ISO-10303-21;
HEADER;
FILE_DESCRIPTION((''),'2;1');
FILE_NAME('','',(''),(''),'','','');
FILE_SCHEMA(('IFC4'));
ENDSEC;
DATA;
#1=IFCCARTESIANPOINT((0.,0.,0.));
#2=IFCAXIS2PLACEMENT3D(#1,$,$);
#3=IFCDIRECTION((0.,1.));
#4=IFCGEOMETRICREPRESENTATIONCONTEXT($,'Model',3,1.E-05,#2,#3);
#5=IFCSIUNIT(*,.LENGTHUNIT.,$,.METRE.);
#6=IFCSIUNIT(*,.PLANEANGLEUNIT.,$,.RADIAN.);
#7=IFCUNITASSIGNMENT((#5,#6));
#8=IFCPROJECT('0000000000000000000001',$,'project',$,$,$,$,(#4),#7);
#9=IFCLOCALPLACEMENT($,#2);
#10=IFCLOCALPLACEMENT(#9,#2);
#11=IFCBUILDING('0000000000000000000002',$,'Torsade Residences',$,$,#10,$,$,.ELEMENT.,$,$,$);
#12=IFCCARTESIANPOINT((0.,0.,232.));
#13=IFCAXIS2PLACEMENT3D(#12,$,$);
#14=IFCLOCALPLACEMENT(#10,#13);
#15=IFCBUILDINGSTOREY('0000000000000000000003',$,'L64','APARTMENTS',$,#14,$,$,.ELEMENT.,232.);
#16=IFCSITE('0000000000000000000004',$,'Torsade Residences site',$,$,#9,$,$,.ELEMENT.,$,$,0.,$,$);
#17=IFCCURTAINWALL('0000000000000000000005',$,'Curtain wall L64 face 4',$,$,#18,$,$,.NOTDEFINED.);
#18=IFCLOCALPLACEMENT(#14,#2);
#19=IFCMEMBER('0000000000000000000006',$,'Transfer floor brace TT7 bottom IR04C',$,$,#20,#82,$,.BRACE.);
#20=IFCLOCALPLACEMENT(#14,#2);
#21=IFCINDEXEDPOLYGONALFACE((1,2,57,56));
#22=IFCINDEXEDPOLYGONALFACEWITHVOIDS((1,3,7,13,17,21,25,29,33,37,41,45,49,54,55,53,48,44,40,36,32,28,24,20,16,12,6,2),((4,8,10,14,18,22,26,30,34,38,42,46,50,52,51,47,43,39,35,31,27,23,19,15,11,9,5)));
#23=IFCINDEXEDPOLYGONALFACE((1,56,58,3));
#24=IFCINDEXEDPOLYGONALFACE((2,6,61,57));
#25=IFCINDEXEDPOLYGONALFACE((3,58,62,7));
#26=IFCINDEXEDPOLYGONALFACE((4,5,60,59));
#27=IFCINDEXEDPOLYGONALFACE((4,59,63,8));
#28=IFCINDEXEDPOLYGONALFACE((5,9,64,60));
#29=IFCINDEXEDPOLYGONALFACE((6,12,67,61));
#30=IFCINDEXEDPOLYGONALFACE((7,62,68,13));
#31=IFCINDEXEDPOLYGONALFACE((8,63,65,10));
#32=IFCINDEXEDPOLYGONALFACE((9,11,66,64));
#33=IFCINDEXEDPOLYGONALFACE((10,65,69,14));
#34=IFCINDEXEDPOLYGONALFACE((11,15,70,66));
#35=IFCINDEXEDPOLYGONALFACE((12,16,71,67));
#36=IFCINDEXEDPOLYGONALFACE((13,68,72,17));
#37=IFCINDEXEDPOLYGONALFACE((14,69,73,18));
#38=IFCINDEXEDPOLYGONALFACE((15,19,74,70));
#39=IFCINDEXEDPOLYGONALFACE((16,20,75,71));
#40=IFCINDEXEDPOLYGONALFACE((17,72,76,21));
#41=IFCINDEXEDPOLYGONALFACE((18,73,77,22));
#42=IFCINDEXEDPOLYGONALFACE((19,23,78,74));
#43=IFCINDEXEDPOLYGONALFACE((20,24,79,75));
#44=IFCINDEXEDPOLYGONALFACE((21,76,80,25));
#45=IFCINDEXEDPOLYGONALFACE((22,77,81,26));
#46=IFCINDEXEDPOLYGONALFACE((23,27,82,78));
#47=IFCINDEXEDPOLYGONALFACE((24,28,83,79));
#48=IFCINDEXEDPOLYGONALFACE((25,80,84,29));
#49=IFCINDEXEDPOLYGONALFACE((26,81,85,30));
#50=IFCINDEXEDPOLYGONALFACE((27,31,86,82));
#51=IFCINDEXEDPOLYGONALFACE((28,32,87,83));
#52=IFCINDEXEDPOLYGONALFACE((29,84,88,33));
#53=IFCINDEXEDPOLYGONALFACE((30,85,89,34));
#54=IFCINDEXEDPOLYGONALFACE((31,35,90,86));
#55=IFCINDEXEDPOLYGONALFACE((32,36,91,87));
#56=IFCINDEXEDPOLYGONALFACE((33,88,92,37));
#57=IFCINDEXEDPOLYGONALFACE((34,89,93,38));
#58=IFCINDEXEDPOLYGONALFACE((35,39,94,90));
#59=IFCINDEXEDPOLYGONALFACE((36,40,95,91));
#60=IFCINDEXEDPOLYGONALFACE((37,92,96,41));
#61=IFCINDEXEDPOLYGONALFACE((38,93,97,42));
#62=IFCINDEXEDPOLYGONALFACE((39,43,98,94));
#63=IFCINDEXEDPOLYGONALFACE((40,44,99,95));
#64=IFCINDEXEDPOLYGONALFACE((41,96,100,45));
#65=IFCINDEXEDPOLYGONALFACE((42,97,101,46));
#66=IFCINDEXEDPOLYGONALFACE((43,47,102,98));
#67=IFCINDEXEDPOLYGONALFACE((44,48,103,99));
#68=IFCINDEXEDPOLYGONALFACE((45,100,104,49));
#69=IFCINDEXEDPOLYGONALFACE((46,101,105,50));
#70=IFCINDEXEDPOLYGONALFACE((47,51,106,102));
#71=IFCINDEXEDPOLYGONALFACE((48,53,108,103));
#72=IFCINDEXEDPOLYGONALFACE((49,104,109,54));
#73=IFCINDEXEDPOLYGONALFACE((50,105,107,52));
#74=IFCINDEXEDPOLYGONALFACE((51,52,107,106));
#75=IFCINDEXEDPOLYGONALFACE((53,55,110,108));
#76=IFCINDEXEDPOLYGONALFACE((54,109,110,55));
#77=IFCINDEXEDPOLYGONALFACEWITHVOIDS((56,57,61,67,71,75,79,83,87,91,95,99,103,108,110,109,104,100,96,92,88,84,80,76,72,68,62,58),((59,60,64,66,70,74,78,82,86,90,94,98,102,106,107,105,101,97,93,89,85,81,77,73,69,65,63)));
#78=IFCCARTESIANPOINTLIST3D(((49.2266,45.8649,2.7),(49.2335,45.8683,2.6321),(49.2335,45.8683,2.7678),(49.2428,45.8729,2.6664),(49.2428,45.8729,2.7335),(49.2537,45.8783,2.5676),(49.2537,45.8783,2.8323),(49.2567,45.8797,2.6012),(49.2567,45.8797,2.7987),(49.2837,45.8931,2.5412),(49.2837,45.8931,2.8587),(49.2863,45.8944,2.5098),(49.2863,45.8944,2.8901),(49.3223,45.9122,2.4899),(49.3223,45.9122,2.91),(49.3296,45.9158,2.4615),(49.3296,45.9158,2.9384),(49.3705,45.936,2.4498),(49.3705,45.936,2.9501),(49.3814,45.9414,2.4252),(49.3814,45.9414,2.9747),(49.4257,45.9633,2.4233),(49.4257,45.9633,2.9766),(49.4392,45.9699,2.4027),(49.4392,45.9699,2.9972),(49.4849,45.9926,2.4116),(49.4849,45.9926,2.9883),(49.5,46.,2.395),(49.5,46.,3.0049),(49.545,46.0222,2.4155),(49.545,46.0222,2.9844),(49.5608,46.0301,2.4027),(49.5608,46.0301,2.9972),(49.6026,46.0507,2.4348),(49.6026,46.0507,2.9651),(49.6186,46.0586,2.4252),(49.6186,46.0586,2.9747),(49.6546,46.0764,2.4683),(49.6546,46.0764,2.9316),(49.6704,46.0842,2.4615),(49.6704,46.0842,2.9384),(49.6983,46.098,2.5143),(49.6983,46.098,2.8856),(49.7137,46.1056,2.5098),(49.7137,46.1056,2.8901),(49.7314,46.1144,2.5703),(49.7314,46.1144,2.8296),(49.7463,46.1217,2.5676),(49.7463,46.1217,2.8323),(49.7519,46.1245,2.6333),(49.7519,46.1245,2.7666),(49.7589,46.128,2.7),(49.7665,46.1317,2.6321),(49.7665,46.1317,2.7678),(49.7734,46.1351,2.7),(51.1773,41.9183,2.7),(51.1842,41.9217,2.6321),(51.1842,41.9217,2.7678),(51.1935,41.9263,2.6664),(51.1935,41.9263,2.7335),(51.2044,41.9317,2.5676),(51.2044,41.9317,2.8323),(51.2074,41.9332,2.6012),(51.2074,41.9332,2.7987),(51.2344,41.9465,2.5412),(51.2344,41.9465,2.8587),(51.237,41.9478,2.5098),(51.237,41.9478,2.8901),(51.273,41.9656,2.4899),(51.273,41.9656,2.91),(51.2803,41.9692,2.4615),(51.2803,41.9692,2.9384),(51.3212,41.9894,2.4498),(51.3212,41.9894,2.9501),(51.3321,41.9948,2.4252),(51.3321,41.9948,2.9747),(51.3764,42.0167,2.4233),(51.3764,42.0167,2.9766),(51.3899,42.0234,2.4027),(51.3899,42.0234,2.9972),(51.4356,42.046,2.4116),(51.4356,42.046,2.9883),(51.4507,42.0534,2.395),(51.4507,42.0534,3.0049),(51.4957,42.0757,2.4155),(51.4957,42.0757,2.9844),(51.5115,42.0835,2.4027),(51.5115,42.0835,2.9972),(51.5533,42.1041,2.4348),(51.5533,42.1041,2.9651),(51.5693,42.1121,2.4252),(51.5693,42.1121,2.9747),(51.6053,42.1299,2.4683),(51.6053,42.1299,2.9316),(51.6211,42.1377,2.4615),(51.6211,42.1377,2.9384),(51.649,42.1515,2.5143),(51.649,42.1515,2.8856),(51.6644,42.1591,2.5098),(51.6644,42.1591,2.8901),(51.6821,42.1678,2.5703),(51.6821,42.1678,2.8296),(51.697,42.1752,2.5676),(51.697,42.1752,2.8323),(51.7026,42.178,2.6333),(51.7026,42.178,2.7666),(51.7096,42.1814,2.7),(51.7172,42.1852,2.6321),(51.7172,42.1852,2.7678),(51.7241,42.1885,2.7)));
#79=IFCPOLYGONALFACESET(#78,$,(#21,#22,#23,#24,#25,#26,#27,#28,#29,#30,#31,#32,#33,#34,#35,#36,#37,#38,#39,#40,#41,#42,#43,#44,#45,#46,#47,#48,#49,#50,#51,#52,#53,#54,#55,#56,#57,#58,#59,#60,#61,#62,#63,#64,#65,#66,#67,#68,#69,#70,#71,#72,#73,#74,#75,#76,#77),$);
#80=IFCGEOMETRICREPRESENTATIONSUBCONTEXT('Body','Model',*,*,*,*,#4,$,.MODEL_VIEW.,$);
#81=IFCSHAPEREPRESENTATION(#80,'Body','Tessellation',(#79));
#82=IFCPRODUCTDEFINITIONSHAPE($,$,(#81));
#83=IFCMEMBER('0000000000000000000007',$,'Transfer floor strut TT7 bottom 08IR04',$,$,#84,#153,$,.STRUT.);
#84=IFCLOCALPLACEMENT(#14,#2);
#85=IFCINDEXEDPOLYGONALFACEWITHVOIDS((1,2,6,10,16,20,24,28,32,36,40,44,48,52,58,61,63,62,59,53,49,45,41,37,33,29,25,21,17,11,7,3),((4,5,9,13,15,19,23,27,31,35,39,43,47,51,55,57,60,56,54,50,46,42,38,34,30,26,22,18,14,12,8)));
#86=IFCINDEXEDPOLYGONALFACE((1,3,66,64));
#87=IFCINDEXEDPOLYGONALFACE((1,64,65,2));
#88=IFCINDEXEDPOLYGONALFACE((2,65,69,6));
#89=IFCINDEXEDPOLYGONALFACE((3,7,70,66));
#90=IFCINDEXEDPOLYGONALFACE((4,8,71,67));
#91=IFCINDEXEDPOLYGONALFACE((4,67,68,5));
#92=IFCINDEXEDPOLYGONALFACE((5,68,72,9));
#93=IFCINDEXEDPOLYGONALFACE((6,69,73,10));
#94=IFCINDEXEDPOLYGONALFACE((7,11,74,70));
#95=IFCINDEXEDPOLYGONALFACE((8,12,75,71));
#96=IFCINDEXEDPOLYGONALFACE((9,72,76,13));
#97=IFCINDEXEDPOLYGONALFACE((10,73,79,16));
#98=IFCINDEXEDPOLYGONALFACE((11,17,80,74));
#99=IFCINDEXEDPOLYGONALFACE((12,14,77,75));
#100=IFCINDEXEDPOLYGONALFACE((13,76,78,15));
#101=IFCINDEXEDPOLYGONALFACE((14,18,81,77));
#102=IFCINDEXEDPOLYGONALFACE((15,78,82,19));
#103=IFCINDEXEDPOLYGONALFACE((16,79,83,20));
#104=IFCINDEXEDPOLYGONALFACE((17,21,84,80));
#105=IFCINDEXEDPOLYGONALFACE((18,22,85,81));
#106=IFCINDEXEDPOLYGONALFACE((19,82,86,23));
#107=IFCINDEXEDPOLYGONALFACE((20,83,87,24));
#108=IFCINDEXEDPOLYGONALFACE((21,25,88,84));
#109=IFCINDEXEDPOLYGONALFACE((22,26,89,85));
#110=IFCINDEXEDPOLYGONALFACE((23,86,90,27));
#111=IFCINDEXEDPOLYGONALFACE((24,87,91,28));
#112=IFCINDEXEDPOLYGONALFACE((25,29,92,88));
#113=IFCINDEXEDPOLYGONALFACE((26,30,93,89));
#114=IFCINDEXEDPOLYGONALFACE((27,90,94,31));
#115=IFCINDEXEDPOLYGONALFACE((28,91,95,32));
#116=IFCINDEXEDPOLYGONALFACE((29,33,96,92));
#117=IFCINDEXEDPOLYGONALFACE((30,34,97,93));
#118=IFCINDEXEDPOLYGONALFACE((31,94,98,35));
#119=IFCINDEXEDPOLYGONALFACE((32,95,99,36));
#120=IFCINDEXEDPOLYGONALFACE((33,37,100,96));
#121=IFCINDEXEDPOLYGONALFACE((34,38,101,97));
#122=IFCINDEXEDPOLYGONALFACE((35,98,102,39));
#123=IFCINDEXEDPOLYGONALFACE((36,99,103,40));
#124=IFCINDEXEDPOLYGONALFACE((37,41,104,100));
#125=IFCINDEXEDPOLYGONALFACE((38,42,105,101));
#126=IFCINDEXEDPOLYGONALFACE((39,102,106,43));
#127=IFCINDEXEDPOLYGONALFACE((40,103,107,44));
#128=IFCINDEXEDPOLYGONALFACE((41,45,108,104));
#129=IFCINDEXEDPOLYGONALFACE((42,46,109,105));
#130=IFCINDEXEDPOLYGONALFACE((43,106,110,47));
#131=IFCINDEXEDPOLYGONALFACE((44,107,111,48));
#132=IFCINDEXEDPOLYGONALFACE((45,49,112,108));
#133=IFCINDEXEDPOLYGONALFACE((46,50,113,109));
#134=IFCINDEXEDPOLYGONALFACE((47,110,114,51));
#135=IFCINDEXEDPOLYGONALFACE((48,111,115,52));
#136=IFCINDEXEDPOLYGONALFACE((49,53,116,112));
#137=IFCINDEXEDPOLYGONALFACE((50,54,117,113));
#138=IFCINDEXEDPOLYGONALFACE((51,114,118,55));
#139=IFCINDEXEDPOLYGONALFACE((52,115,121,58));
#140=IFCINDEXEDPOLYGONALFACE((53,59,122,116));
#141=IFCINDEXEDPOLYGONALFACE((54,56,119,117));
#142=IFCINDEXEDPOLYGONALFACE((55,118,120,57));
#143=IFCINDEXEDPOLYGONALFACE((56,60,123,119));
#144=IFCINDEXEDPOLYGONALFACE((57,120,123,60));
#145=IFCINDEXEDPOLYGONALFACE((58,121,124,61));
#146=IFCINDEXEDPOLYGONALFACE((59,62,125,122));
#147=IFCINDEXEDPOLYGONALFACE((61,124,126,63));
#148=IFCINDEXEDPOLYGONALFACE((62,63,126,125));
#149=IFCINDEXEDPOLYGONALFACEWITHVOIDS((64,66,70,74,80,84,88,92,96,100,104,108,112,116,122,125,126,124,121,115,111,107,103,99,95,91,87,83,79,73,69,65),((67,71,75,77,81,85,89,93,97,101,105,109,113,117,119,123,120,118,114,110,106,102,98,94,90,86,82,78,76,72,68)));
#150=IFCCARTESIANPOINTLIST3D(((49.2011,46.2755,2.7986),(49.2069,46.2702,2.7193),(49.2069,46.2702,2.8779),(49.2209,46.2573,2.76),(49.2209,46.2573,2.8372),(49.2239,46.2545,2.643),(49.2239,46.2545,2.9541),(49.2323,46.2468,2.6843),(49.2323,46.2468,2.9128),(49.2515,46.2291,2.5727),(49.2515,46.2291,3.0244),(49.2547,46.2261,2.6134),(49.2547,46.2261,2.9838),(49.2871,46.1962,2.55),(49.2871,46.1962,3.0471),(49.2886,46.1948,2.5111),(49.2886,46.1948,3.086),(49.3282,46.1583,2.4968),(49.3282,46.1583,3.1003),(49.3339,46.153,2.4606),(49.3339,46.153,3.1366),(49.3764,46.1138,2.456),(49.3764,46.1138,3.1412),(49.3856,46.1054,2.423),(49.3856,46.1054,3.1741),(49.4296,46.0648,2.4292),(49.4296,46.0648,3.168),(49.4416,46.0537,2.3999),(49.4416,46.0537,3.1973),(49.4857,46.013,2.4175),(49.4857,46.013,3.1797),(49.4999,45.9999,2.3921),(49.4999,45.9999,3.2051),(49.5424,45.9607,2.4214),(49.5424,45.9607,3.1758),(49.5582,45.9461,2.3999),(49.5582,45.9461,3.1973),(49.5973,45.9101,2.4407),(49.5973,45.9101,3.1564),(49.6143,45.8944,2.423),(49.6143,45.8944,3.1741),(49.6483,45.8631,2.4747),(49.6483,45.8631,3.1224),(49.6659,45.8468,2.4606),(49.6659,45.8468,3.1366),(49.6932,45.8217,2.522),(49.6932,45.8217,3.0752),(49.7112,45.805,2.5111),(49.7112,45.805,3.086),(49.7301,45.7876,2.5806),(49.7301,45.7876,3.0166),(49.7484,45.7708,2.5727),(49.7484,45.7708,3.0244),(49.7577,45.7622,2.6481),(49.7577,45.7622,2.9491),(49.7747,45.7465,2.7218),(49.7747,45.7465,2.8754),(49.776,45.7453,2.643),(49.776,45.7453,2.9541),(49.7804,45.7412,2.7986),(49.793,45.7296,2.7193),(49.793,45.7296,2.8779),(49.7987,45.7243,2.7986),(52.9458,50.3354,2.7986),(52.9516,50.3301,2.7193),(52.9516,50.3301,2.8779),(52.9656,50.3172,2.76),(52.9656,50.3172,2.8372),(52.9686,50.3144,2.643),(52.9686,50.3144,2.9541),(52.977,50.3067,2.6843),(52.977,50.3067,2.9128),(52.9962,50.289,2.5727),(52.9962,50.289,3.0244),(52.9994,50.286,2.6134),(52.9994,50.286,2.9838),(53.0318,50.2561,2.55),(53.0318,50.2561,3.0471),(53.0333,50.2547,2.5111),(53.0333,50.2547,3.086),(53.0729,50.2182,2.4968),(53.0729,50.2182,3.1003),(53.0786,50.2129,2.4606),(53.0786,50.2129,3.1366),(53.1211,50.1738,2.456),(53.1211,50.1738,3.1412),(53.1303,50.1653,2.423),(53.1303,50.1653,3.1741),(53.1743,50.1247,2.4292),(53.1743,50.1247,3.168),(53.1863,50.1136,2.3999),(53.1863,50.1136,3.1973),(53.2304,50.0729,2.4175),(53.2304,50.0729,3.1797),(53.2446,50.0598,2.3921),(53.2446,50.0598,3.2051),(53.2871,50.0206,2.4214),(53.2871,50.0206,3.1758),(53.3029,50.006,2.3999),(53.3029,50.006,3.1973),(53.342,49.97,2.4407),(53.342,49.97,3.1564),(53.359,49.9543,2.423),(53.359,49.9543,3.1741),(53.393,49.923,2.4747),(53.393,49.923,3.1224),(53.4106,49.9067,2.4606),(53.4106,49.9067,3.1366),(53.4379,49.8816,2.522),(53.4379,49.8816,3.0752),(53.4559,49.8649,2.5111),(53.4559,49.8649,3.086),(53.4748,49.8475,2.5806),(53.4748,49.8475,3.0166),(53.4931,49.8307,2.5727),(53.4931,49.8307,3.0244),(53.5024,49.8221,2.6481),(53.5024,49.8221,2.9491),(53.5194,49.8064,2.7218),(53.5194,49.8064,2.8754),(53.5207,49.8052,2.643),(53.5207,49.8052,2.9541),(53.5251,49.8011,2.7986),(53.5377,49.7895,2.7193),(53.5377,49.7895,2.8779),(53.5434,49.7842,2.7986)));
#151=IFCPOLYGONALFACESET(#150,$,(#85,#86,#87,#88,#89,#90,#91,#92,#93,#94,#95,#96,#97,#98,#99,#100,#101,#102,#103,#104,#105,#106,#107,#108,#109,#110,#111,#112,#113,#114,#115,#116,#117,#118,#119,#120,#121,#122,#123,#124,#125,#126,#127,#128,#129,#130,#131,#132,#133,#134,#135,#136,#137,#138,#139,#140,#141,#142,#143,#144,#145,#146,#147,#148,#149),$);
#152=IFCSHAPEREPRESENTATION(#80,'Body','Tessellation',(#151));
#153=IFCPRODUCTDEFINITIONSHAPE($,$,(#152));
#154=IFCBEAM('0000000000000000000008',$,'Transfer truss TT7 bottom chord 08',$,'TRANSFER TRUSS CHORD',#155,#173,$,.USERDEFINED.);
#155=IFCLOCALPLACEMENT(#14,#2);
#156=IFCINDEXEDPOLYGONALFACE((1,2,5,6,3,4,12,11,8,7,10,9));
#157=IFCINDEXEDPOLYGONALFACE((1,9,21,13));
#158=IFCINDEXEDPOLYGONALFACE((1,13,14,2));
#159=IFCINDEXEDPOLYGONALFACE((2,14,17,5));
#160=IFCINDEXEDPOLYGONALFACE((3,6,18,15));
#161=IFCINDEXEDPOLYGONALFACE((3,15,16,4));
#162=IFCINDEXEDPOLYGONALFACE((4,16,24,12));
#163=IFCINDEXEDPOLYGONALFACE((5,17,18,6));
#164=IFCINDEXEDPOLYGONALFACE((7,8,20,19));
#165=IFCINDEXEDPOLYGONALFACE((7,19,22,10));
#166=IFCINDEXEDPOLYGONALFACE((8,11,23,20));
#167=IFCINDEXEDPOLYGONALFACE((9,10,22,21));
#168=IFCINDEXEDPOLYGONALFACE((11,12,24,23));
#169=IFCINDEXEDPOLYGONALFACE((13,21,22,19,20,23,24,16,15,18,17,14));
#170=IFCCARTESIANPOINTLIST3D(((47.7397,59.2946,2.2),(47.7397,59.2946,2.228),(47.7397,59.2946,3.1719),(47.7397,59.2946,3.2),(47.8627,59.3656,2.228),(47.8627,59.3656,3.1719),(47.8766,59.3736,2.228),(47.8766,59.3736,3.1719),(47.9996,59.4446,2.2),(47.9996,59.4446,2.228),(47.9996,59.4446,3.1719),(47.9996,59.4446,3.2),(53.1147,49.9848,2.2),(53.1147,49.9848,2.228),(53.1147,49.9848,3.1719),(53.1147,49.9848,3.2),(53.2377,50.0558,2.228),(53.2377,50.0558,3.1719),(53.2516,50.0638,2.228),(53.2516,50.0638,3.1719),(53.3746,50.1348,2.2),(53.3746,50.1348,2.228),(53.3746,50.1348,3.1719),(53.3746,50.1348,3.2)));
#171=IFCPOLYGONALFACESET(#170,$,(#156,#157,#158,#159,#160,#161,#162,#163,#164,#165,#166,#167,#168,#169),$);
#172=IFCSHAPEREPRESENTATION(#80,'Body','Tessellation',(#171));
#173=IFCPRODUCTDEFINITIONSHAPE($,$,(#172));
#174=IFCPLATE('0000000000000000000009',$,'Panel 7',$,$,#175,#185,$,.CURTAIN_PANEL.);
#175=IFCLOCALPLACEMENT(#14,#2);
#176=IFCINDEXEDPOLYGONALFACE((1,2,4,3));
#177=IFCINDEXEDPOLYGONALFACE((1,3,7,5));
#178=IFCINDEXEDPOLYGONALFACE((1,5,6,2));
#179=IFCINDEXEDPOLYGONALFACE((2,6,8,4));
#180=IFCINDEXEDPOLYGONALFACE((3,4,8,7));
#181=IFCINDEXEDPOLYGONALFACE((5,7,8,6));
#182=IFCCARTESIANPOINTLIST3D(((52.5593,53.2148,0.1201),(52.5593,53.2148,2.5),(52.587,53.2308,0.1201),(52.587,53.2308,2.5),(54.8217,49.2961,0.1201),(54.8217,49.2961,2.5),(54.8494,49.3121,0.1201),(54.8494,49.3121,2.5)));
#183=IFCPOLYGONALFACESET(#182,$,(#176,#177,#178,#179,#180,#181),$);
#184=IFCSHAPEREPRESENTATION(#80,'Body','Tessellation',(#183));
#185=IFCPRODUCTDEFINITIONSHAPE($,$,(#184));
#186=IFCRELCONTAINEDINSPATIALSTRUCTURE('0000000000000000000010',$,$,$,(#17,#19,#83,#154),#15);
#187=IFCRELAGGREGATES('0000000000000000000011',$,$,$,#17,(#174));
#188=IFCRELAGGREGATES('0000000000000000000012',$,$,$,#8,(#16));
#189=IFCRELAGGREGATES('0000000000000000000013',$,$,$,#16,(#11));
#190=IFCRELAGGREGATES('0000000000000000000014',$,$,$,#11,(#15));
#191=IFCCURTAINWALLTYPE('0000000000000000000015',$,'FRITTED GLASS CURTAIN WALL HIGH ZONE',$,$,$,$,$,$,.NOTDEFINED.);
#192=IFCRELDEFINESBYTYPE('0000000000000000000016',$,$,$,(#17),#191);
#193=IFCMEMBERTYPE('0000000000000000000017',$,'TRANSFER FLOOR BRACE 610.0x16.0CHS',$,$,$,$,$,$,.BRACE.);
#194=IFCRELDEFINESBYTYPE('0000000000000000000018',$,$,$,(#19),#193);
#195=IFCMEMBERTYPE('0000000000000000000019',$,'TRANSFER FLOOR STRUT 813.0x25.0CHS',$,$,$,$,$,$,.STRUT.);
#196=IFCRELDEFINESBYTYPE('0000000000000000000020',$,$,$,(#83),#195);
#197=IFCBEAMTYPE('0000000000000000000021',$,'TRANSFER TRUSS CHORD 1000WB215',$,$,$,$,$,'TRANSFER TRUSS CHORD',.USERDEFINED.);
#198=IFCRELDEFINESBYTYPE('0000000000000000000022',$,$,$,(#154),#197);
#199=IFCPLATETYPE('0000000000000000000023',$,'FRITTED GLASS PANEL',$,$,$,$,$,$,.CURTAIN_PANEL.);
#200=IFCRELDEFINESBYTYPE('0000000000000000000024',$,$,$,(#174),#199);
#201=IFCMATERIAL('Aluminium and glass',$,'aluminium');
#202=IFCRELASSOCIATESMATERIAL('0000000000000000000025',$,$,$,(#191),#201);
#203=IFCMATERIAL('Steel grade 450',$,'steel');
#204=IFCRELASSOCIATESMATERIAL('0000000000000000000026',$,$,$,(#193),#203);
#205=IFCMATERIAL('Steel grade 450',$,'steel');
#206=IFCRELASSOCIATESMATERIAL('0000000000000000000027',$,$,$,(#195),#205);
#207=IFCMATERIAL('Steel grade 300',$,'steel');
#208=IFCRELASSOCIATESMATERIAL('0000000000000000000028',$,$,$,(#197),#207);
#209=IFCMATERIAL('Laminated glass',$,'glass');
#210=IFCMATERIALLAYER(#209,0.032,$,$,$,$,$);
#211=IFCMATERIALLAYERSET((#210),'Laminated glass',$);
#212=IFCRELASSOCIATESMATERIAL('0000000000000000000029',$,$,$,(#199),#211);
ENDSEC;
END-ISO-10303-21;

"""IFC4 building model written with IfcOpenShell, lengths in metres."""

from ifc_helpers import new_model, si_unit, direction, frame, origin, origin_2d, place, context, subcontext, project, spatial, rectangle, hollow_circle, i_section, extrude, material, layer, layer_set, material_profile, profile_set, type_object, element, aggregate, save


model = new_model("IFC4")

# Units and contexts
model_context = context("Model", 3, precision=1e-05, world=origin(), true_north=direction((0.0, 1.0)))
body_context = subcontext(model_context, "Body", "Model", "MODEL_VIEW")
ifc_project = project(units=[si_unit("LENGTHUNIT", "METRE"), si_unit("PLANEANGLEUNIT", "RADIAN")], contexts=[model_context])

# Site, building, storey
site_placement = place(None, origin())
site = spatial("IfcSite", under=ifc_project, at=site_placement, Name="Torsade Residences site", CompositionType="ELEMENT", RefElevation=0.0)
building_placement = place(site_placement, origin())
building = spatial("IfcBuilding", under=site, at=building_placement, Name="Torsade Residences", CompositionType="ELEMENT")
storey_placement = place(building_placement, frame((0.0, 0.0, 232.0)))
storey = spatial("IfcBuildingStorey", under=building, at=storey_placement, Name="L64", Description="APARTMENTS", CompositionType="ELEMENT", Elevation=232.0)

# Curtain wall
ifc_material_1 = material(Name="Aluminium and glass", Category="aluminium")
curtain_wall_type = type_object("IfcCurtainWallType", Name="FRITTED GLASS CURTAIN WALL HIGH ZONE", PredefinedType="NOTDEFINED", material=ifc_material_1)
curtain_wall_placement = place(storey_placement, origin())
curtain_wall = element("IfcCurtainWall", 1, at=curtain_wall_placement, inside=storey, type_object=curtain_wall_type, Name="Curtain wall L64 face 4", PredefinedType="NOTDEFINED")

# Members
ifc_material_2 = material(Name="Steel grade 450", Category="steel")
ifc_material_profile_1 = material_profile(ifc_material_2, hollow_circle(Radius=0.3049, WallThickness=0.0161, at=origin_2d()), Name="610.0x16.0CHS")
ifc_profile_set_1 = profile_set([ifc_material_profile_1], Name="Steel grade 450")
member_type_1 = type_object("IfcMemberType", Name="TRANSFER FLOOR BRACE 610.0x16.0CHS", PredefinedType="BRACE", material=ifc_profile_set_1)
member_1_placement = place(storey_placement, frame((49.5, 46.0, 2.7), z_axis=(0.443105, -0.89647, 0.0), x_axis=(0.89647, 0.443105, 0.0)))
element("IfcMember", 2, at=member_1_placement, inside=storey, type_object=member_type_1, Name="Transfer floor brace TT7 bottom IR04C", PredefinedType="BRACE", context=body_context, shape_type="SweptSolid", body=[
    extrude(hollow_circle(Radius=0.3049, WallThickness=0.0161, at=origin_2d()), origin(), (0.0, 0.0, 1.0), 4.4023),
])
ifc_material_3 = material(Name="Steel grade 450", Category="steel")
ifc_material_profile_2 = material_profile(ifc_material_3, hollow_circle(Radius=0.4065, WallThickness=0.0249, at=origin_2d()), Name="813.0x25.0CHS")
ifc_profile_set_2 = profile_set([ifc_material_profile_2], Name="Steel grade 450")
member_type_2 = type_object("IfcMemberType", Name="TRANSFER FLOOR STRUT 813.0x25.0CHS", PredefinedType="STRUT", material=ifc_profile_set_2)
member_2_placement = place(storey_placement, frame((53.2446, 50.0598, 2.7986), z_axis=(-0.677997, -0.735064, 0.0), x_axis=(0.735064, -0.677997, 0.0)))
element("IfcMember", 3, at=member_2_placement, inside=storey, type_object=member_type_2, Name="Transfer floor strut TT7 bottom 08IR04", PredefinedType="STRUT", context=body_context, shape_type="SweptSolid", body=[
    extrude(hollow_circle(Radius=0.4065, WallThickness=0.0249, at=origin_2d()), origin(), (0.0, 0.0, 1.0), 5.5232),
])

# Beam
ifc_material_4 = material(Name="Steel grade 300", Category="steel")
ifc_material_profile_3 = material_profile(ifc_material_4, i_section(OverallWidth=0.3, OverallDepth=1.0, WebThickness=0.0161, FlangeThickness=0.0281, at=origin_2d()), Name="1000WB215")
ifc_profile_set_3 = profile_set([ifc_material_profile_3], Name="Steel grade 300")
beam_type_1 = type_object("IfcBeamType", Name="TRANSFER TRUSS CHORD 1000WB215", ElementType="TRANSFER TRUSS CHORD", PredefinedType="USERDEFINED", material=ifc_profile_set_3)
beam_1_placement = place(storey_placement, frame((53.2446, 50.0598, 2.7), z_axis=(-0.499998, 0.866026, 0.0), x_axis=(-0.866026, -0.499998, 0.0)))
element("IfcBeam", 4, at=beam_1_placement, inside=storey, type_object=beam_type_1, Name="Transfer truss TT7 bottom chord 08", ObjectType="TRANSFER TRUSS CHORD", PredefinedType="USERDEFINED", context=body_context, shape_type="SweptSolid", body=[
    extrude(i_section(OverallWidth=0.3, OverallDepth=1.0, WebThickness=0.0161, FlangeThickness=0.0281, at=origin_2d()), origin(), (0.0, 0.0, 1.0), 10.75),
])

# Plate
ifc_material_5 = material(Name="Laminated glass", Category="glass")
ifc_layer_1 = layer(ifc_material_5, 0.032)
ifc_layer_set_1 = layer_set([ifc_layer_1], Name="Laminated glass")
plate_type_1 = type_object("IfcPlateType", Name="FRITTED GLASS PANEL", PredefinedType="CURTAIN_PANEL", material=ifc_layer_set_1)
plate_1_placement = place(storey_placement, frame((53.7043, 51.2634, 0.1201), z_axis=(0.0, 0.0, 1.0), x_axis=(-0.5, 0.866025, 0.0)))
plate_1 = element("IfcPlate", 5, at=plate_1_placement, type_object=plate_type_1, Name="Panel 7", PredefinedType="CURTAIN_PANEL", context=body_context, shape_type="SweptSolid", body=[
    extrude(rectangle(XDim=4.5249, YDim=0.032, at=origin_2d()), origin(), (0.0, 0.0, 1.0), 2.3799),
])
aggregate(curtain_wall, [plate_1])

save(model, "model.ifc")
